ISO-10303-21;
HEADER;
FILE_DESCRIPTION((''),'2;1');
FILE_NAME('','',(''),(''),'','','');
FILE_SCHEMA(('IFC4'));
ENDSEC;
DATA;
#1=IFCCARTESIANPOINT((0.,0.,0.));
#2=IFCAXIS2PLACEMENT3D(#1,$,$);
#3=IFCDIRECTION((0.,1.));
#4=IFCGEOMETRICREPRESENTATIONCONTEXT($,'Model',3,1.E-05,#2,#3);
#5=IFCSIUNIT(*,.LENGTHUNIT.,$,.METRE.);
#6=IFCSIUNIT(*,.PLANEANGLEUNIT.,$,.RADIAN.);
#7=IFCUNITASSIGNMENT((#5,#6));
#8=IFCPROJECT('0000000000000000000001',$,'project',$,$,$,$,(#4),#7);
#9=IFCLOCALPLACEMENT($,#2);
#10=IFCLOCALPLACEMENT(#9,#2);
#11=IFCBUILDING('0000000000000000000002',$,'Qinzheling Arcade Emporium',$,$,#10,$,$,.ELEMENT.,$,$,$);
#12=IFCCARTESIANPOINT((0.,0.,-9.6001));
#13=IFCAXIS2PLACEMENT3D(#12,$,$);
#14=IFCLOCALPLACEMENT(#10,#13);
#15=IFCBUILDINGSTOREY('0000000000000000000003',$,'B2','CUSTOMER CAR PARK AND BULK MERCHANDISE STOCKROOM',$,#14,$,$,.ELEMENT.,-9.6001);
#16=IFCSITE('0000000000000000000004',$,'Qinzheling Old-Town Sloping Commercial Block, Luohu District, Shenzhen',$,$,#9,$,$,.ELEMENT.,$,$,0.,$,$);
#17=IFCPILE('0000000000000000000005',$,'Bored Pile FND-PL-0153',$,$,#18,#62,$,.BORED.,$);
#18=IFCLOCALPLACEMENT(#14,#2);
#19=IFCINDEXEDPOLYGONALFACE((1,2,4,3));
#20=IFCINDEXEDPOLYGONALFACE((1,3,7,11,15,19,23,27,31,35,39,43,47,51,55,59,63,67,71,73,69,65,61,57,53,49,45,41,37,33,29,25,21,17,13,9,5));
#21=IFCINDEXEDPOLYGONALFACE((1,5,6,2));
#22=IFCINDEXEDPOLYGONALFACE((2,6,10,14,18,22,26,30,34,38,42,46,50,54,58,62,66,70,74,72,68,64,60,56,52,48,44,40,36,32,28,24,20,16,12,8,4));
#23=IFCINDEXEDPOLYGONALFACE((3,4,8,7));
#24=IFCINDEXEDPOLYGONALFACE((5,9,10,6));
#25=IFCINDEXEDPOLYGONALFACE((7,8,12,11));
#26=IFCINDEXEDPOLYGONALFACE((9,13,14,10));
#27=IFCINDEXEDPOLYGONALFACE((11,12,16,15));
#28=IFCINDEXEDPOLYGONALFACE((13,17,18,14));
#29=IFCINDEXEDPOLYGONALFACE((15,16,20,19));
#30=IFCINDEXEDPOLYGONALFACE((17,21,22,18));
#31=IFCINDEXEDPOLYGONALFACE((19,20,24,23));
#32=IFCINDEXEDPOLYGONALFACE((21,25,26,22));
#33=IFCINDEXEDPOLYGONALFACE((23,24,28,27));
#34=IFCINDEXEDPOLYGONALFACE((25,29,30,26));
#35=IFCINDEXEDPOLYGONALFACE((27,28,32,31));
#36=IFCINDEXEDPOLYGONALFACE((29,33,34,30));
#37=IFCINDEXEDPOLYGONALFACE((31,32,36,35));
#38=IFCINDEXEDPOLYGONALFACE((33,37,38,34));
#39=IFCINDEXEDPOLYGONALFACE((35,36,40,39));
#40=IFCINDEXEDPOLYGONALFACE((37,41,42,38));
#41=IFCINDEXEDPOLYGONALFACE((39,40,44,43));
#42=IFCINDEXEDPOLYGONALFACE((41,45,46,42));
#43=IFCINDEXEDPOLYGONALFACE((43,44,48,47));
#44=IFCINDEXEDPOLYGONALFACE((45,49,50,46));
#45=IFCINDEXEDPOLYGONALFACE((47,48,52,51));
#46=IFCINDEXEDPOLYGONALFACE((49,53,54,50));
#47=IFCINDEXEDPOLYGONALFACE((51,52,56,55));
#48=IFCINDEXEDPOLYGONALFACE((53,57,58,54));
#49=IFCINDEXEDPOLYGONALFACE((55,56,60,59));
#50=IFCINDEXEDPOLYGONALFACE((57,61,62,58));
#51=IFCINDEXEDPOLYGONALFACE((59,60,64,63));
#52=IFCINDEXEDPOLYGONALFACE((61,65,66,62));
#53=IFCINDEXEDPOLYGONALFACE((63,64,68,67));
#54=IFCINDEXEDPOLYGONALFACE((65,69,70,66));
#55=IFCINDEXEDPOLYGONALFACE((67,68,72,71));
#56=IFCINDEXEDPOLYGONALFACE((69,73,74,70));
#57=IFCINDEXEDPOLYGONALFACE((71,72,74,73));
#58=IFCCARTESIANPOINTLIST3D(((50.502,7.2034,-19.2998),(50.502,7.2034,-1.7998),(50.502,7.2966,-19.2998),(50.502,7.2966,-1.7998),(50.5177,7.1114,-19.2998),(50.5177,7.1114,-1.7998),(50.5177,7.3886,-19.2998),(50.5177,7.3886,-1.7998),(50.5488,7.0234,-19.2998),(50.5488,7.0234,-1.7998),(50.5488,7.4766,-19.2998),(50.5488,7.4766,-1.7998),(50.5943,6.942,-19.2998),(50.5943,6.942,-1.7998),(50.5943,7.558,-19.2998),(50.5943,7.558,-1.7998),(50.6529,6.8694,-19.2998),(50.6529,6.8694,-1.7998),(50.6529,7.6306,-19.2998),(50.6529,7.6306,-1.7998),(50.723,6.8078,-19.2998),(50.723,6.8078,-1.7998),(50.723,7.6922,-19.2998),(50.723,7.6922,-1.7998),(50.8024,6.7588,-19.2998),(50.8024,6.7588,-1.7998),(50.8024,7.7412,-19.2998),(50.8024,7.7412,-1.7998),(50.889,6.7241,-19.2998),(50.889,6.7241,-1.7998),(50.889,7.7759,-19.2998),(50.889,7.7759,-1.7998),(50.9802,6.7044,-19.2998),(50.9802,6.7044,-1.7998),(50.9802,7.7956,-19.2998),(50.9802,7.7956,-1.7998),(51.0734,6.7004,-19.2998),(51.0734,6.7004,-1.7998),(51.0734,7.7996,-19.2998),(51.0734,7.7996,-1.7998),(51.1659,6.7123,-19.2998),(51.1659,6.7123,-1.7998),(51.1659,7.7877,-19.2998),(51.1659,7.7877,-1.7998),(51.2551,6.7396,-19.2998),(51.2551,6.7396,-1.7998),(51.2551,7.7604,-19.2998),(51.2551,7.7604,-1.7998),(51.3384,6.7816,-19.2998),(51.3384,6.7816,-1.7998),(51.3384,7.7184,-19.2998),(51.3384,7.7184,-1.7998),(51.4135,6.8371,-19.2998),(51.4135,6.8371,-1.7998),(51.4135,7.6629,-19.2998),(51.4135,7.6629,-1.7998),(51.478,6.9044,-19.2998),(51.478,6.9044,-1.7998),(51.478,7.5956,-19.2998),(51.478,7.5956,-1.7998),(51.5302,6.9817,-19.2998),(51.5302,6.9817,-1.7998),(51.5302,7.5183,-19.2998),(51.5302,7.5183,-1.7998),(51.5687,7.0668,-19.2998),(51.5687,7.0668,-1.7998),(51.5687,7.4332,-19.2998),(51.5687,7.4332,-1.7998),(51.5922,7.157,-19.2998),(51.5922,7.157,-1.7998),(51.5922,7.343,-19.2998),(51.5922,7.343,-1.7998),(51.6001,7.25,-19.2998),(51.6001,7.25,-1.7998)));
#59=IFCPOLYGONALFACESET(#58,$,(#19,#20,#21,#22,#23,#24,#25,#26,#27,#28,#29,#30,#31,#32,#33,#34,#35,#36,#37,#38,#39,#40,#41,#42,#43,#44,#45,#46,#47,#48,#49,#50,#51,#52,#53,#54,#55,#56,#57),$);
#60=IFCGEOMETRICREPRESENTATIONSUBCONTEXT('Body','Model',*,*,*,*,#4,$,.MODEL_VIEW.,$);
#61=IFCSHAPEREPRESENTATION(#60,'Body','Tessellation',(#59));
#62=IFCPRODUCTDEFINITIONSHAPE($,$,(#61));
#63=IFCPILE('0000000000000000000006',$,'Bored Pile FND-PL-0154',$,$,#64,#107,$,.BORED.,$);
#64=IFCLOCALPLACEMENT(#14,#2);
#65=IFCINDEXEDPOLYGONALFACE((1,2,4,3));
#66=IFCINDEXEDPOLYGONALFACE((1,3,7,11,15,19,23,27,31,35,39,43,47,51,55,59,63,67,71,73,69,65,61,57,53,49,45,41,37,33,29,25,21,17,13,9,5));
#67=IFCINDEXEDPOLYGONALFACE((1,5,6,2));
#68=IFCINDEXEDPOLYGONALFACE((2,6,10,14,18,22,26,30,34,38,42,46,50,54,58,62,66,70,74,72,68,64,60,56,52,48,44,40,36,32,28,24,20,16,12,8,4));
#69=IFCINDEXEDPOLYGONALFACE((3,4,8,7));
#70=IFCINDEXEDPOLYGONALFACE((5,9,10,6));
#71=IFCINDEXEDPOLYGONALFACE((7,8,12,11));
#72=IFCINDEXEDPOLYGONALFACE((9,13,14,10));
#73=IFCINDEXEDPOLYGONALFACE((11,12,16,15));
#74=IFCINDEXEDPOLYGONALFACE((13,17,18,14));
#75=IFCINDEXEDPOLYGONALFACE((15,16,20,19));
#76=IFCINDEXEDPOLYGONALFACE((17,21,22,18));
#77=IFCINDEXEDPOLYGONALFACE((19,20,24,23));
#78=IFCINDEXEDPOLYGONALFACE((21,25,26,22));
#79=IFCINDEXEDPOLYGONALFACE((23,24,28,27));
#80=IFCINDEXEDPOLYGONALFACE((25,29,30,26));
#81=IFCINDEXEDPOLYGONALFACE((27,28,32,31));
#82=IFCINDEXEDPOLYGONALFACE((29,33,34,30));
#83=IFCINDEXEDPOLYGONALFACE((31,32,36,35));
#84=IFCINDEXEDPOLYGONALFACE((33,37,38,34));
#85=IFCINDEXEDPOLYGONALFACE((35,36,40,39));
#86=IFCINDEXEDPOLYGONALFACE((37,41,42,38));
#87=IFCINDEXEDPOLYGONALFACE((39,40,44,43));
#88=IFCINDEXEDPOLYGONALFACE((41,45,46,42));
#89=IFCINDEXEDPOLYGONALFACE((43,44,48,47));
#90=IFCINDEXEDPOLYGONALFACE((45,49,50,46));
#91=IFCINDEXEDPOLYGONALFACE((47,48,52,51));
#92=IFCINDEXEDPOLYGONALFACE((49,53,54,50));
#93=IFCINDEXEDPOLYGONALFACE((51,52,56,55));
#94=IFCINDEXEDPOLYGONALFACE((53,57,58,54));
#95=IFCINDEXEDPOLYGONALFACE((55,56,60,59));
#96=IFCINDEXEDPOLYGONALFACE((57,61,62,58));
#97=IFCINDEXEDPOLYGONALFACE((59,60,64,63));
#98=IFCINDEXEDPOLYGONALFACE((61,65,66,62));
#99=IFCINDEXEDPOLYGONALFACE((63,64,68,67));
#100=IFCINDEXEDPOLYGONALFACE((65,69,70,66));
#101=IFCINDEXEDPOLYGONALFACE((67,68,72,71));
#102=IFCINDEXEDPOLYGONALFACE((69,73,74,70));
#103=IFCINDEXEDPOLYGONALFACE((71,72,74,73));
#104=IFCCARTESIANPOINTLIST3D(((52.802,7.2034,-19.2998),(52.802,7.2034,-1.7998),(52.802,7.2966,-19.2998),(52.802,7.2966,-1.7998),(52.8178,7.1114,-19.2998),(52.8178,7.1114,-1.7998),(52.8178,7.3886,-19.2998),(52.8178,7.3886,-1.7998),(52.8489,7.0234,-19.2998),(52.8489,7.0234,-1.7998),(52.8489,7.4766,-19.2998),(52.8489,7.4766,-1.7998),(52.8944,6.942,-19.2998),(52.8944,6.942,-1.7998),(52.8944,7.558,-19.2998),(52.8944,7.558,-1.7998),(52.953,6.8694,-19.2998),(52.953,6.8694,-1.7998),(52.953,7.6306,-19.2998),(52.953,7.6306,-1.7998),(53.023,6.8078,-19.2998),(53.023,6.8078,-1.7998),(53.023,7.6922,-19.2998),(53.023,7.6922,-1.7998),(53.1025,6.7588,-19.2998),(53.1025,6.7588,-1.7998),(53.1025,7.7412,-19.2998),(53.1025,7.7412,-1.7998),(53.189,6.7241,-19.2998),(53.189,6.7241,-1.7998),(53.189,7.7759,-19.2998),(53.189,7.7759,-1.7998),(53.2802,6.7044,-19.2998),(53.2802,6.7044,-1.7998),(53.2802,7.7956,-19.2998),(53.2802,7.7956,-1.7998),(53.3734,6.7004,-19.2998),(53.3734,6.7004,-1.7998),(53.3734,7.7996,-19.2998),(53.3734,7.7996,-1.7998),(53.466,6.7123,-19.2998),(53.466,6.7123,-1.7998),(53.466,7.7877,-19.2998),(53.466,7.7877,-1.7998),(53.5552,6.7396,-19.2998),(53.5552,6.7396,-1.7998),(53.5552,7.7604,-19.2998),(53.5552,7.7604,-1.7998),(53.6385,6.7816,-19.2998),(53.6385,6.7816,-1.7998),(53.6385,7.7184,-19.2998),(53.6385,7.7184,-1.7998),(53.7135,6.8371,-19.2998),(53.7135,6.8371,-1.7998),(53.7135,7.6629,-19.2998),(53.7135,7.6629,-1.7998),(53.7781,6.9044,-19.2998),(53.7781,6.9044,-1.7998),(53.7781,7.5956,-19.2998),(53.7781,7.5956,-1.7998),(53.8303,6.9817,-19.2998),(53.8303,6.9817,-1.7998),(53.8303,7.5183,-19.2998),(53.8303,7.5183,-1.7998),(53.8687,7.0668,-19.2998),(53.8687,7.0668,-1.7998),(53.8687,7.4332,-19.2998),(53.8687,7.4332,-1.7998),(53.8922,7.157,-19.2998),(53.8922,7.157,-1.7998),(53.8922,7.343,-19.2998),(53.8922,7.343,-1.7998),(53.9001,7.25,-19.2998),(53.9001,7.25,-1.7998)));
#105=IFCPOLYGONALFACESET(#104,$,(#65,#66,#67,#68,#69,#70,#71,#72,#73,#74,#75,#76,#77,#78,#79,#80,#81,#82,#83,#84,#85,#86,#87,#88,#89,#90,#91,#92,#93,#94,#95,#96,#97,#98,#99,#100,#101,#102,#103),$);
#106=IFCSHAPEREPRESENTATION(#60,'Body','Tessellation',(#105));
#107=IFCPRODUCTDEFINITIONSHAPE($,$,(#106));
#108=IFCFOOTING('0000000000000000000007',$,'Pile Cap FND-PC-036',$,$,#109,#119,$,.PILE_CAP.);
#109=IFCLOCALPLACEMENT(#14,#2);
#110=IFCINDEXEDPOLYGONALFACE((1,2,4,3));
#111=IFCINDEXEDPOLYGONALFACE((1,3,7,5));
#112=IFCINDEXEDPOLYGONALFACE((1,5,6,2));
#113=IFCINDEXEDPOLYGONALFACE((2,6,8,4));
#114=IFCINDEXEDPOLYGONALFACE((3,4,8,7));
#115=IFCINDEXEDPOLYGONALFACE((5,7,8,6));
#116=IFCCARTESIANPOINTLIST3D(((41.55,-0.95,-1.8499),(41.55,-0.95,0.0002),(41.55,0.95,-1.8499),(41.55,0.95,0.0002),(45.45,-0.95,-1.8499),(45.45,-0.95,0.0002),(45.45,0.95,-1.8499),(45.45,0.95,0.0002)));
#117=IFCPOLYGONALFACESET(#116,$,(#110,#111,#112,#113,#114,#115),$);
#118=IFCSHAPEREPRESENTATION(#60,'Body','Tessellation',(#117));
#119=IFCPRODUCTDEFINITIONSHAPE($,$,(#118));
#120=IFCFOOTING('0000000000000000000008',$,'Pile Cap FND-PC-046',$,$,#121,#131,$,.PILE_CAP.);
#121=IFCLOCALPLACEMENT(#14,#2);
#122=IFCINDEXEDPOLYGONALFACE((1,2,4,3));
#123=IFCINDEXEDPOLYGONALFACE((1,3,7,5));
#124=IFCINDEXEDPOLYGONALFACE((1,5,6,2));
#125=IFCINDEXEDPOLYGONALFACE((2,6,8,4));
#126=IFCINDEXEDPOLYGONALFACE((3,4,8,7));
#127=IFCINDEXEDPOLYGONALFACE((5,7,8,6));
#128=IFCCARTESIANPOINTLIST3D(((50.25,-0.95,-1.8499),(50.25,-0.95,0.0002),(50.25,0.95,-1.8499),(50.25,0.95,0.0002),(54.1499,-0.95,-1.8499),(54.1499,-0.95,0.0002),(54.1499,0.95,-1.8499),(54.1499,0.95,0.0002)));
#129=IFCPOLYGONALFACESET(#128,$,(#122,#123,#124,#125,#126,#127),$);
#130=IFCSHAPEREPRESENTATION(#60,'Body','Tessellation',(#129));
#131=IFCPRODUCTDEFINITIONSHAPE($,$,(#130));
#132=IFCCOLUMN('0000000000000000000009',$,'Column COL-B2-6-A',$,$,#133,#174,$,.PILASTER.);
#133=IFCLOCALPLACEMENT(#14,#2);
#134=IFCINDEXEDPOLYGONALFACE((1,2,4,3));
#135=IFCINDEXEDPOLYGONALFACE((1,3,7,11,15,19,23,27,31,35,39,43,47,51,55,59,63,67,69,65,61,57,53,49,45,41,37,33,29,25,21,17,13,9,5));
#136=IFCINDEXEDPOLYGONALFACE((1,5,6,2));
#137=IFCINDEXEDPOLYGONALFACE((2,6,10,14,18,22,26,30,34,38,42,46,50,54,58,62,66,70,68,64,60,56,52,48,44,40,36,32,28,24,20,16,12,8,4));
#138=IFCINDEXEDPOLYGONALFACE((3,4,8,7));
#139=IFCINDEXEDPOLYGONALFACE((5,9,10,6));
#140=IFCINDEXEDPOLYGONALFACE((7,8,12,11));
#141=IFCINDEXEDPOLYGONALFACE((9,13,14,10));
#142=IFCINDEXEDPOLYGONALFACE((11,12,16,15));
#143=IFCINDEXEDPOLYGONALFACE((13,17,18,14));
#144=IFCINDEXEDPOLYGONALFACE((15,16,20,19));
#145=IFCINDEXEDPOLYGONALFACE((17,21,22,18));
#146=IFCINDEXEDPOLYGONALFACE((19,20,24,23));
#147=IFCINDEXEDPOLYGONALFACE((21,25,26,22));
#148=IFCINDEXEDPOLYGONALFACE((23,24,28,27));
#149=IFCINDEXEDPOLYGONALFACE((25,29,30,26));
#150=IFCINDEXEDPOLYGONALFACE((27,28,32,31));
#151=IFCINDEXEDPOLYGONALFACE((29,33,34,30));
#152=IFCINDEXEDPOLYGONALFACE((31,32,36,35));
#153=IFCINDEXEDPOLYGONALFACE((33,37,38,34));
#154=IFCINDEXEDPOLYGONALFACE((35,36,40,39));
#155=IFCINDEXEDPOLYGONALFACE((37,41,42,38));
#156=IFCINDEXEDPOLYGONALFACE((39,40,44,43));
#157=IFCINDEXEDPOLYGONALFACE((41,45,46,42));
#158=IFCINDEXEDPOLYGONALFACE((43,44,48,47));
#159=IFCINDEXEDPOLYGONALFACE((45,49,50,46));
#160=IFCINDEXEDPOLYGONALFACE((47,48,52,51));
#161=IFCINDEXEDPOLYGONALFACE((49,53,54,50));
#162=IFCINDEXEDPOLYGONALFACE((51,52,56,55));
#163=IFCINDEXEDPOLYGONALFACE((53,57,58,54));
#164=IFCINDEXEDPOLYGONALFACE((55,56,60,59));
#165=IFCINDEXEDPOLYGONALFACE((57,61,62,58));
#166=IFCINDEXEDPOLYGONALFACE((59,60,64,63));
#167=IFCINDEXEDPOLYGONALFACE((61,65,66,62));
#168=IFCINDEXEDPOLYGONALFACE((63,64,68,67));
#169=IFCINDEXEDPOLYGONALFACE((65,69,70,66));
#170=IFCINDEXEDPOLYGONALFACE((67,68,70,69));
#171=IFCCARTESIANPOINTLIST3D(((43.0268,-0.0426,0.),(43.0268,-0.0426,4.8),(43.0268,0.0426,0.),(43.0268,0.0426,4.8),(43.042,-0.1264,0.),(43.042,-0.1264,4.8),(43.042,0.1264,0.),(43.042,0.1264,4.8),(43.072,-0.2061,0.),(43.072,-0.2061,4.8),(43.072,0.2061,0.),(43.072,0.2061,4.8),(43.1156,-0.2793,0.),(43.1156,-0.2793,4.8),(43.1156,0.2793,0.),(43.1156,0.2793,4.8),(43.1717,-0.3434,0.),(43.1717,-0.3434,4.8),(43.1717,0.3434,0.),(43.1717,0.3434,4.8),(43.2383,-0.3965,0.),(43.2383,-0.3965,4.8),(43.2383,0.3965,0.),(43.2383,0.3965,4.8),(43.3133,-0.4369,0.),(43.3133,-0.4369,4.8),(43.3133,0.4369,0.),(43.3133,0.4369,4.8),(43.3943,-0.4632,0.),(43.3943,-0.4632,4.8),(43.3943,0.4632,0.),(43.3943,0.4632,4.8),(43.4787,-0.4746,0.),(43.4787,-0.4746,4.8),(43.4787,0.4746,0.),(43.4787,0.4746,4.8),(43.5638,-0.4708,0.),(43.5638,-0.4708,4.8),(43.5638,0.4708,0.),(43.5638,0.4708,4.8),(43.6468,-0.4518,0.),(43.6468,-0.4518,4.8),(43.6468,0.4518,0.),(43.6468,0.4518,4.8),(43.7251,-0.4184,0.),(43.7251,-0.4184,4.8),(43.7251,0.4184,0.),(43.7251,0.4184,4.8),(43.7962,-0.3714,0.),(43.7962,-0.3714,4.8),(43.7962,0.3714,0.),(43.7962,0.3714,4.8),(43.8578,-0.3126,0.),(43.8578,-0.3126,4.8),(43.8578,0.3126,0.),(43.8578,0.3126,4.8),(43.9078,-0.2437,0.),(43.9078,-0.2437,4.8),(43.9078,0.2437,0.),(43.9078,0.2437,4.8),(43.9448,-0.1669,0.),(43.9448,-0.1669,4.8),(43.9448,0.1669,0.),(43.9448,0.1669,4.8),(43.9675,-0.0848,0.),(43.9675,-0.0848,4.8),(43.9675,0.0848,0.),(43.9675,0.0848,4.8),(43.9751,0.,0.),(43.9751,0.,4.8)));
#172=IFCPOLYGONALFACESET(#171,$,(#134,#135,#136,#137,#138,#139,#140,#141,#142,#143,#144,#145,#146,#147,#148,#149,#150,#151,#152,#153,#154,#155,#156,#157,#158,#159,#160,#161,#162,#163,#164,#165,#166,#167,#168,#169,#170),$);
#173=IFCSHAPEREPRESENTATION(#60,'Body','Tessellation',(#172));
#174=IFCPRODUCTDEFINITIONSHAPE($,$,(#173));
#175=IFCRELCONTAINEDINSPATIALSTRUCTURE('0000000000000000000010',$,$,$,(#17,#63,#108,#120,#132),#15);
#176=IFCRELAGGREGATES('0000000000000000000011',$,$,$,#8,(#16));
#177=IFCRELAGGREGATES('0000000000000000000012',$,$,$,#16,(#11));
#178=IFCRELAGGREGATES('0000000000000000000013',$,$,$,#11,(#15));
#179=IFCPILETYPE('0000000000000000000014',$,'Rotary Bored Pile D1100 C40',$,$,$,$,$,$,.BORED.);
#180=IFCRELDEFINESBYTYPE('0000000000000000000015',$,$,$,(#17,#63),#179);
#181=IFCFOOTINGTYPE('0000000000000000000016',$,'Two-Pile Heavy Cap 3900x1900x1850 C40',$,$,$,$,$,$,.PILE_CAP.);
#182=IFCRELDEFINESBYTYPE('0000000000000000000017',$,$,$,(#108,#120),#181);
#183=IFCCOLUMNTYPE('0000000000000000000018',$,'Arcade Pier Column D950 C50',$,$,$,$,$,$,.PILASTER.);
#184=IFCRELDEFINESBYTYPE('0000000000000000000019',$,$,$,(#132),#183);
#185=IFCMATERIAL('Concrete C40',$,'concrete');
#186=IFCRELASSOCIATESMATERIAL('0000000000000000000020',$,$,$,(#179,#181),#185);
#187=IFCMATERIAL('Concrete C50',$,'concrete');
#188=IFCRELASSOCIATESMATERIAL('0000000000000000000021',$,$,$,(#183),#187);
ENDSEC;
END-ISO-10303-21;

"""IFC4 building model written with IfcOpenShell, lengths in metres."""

from ifc_helpers import new_model, si_unit, direction, frame, origin, origin_2d, place, context, subcontext, project, spatial, rectangle, circle, extrude, material, material_profile, profile_set, type_object, element, save


model = new_model("IFC4")

# Units and contexts
model_context = context("Model", 3, precision=1e-05, world=origin(), true_north=direction((0.0, 1.0)))
body_context = subcontext(model_context, "Body", "Model", "MODEL_VIEW")
ifc_project = project(units=[si_unit("LENGTHUNIT", "METRE"), si_unit("PLANEANGLEUNIT", "RADIAN")], contexts=[model_context])

# Site, building, storey
site_placement = place(None, origin())
site = spatial("IfcSite", under=ifc_project, at=site_placement, Name="Qinzheling Old-Town Sloping Commercial Block, Luohu District, Shenzhen", CompositionType="ELEMENT", RefElevation=0.0)
building_placement = place(site_placement, origin())
building = spatial("IfcBuilding", under=site, at=building_placement, Name="Qinzheling Arcade Emporium", CompositionType="ELEMENT")
storey_placement = place(building_placement, frame((0.0, 0.0, -9.6001)))
storey = spatial("IfcBuildingStorey", under=building, at=storey_placement, Name="B2", Description="CUSTOMER CAR PARK AND BULK MERCHANDISE STOCKROOM", CompositionType="ELEMENT", Elevation=-9.6001)

# Shared definitions
ifc_material_1 = material(Name="Concrete C40", Category="concrete")

# Piles
ifc_material_profile_1 = material_profile(ifc_material_1, circle(Radius=0.55, at=origin_2d()), Name="BORED D1100", Category="concrete")
ifc_profile_set_1 = profile_set([ifc_material_profile_1], Name="Concrete C40")
pile_type = type_object("IfcPileType", Name="Rotary Bored Pile D1100 C40", PredefinedType="BORED", material=ifc_profile_set_1)
for number, where, z_axis, x_axis, name in (
    (1, (51.05, 7.25, -1.7998), (0.0, 0.0, -1.0), (1.0, 0.0, 0.0), "Bored Pile FND-PL-0153"),
    (2, (53.3501, 7.25, -1.7998), (0.0, 0.0, -1.0), (1.0, 0.0, 0.0), "Bored Pile FND-PL-0154"),
):
    element("IfcPile", number, at=place(storey_placement, frame(where, z_axis=z_axis, x_axis=x_axis)), inside=storey, type_object=pile_type, Name=name, PredefinedType="BORED", context=body_context, shape_type="SweptSolid", body=[
        extrude(circle(Radius=0.55, at=origin_2d()), origin(), (0.0, 0.0, 1.0), 17.5),
    ])

# Footings
footing_type_1 = type_object("IfcFootingType", Name="Two-Pile Heavy Cap 3900x1900x1850 C40", PredefinedType="PILE_CAP", material=ifc_material_1)
for number, where, z_axis, x_axis, name in (
    (3, (43.5, 0.0, -1.8499), (0.0, 0.0, 1.0), (1.0, 0.0, 0.0), "Pile Cap FND-PC-036"),
    (4, (52.2, 0.0, -1.8499), (0.0, 0.0, 1.0), (1.0, 0.0, 0.0), "Pile Cap FND-PC-046"),
):
    element("IfcFooting", number, at=place(storey_placement, frame(where, z_axis=z_axis, x_axis=x_axis)), inside=storey, type_object=footing_type_1, Name=name, PredefinedType="PILE_CAP", context=body_context, shape_type="SweptSolid", body=[
        extrude(rectangle(XDim=3.8999, YDim=1.8999, at=origin_2d()), origin(), (0.0, 0.0, 1.0), 1.8501),
    ])

# Column
ifc_material_2 = material(Name="Concrete C50", Category="concrete")
ifc_material_profile_2 = material_profile(ifc_material_2, circle(Radius=0.4751, at=origin_2d()), Name="RC D950", Category="concrete")
ifc_profile_set_2 = profile_set([ifc_material_profile_2], Name="Concrete C50")
column_type_1 = type_object("IfcColumnType", Name="Arcade Pier Column D950 C50", PredefinedType="PILASTER", material=ifc_profile_set_2)
for number, where, z_axis, x_axis, name in (
    (5, (43.5, 0.0, 0.0), (0.0, 0.0, 1.0), (1.0, 0.0, 0.0), "Column COL-B2-6-A"),
):
    element("IfcColumn", number, at=place(storey_placement, frame(where, z_axis=z_axis, x_axis=x_axis)), inside=storey, type_object=column_type_1, Name=name, PredefinedType="PILASTER", context=body_context, shape_type="SweptSolid", body=[
        extrude(circle(Radius=0.4751, at=origin_2d()), origin(), (0.0, 0.0, 1.0), 4.8),
    ])

save(model, "model.ifc")
